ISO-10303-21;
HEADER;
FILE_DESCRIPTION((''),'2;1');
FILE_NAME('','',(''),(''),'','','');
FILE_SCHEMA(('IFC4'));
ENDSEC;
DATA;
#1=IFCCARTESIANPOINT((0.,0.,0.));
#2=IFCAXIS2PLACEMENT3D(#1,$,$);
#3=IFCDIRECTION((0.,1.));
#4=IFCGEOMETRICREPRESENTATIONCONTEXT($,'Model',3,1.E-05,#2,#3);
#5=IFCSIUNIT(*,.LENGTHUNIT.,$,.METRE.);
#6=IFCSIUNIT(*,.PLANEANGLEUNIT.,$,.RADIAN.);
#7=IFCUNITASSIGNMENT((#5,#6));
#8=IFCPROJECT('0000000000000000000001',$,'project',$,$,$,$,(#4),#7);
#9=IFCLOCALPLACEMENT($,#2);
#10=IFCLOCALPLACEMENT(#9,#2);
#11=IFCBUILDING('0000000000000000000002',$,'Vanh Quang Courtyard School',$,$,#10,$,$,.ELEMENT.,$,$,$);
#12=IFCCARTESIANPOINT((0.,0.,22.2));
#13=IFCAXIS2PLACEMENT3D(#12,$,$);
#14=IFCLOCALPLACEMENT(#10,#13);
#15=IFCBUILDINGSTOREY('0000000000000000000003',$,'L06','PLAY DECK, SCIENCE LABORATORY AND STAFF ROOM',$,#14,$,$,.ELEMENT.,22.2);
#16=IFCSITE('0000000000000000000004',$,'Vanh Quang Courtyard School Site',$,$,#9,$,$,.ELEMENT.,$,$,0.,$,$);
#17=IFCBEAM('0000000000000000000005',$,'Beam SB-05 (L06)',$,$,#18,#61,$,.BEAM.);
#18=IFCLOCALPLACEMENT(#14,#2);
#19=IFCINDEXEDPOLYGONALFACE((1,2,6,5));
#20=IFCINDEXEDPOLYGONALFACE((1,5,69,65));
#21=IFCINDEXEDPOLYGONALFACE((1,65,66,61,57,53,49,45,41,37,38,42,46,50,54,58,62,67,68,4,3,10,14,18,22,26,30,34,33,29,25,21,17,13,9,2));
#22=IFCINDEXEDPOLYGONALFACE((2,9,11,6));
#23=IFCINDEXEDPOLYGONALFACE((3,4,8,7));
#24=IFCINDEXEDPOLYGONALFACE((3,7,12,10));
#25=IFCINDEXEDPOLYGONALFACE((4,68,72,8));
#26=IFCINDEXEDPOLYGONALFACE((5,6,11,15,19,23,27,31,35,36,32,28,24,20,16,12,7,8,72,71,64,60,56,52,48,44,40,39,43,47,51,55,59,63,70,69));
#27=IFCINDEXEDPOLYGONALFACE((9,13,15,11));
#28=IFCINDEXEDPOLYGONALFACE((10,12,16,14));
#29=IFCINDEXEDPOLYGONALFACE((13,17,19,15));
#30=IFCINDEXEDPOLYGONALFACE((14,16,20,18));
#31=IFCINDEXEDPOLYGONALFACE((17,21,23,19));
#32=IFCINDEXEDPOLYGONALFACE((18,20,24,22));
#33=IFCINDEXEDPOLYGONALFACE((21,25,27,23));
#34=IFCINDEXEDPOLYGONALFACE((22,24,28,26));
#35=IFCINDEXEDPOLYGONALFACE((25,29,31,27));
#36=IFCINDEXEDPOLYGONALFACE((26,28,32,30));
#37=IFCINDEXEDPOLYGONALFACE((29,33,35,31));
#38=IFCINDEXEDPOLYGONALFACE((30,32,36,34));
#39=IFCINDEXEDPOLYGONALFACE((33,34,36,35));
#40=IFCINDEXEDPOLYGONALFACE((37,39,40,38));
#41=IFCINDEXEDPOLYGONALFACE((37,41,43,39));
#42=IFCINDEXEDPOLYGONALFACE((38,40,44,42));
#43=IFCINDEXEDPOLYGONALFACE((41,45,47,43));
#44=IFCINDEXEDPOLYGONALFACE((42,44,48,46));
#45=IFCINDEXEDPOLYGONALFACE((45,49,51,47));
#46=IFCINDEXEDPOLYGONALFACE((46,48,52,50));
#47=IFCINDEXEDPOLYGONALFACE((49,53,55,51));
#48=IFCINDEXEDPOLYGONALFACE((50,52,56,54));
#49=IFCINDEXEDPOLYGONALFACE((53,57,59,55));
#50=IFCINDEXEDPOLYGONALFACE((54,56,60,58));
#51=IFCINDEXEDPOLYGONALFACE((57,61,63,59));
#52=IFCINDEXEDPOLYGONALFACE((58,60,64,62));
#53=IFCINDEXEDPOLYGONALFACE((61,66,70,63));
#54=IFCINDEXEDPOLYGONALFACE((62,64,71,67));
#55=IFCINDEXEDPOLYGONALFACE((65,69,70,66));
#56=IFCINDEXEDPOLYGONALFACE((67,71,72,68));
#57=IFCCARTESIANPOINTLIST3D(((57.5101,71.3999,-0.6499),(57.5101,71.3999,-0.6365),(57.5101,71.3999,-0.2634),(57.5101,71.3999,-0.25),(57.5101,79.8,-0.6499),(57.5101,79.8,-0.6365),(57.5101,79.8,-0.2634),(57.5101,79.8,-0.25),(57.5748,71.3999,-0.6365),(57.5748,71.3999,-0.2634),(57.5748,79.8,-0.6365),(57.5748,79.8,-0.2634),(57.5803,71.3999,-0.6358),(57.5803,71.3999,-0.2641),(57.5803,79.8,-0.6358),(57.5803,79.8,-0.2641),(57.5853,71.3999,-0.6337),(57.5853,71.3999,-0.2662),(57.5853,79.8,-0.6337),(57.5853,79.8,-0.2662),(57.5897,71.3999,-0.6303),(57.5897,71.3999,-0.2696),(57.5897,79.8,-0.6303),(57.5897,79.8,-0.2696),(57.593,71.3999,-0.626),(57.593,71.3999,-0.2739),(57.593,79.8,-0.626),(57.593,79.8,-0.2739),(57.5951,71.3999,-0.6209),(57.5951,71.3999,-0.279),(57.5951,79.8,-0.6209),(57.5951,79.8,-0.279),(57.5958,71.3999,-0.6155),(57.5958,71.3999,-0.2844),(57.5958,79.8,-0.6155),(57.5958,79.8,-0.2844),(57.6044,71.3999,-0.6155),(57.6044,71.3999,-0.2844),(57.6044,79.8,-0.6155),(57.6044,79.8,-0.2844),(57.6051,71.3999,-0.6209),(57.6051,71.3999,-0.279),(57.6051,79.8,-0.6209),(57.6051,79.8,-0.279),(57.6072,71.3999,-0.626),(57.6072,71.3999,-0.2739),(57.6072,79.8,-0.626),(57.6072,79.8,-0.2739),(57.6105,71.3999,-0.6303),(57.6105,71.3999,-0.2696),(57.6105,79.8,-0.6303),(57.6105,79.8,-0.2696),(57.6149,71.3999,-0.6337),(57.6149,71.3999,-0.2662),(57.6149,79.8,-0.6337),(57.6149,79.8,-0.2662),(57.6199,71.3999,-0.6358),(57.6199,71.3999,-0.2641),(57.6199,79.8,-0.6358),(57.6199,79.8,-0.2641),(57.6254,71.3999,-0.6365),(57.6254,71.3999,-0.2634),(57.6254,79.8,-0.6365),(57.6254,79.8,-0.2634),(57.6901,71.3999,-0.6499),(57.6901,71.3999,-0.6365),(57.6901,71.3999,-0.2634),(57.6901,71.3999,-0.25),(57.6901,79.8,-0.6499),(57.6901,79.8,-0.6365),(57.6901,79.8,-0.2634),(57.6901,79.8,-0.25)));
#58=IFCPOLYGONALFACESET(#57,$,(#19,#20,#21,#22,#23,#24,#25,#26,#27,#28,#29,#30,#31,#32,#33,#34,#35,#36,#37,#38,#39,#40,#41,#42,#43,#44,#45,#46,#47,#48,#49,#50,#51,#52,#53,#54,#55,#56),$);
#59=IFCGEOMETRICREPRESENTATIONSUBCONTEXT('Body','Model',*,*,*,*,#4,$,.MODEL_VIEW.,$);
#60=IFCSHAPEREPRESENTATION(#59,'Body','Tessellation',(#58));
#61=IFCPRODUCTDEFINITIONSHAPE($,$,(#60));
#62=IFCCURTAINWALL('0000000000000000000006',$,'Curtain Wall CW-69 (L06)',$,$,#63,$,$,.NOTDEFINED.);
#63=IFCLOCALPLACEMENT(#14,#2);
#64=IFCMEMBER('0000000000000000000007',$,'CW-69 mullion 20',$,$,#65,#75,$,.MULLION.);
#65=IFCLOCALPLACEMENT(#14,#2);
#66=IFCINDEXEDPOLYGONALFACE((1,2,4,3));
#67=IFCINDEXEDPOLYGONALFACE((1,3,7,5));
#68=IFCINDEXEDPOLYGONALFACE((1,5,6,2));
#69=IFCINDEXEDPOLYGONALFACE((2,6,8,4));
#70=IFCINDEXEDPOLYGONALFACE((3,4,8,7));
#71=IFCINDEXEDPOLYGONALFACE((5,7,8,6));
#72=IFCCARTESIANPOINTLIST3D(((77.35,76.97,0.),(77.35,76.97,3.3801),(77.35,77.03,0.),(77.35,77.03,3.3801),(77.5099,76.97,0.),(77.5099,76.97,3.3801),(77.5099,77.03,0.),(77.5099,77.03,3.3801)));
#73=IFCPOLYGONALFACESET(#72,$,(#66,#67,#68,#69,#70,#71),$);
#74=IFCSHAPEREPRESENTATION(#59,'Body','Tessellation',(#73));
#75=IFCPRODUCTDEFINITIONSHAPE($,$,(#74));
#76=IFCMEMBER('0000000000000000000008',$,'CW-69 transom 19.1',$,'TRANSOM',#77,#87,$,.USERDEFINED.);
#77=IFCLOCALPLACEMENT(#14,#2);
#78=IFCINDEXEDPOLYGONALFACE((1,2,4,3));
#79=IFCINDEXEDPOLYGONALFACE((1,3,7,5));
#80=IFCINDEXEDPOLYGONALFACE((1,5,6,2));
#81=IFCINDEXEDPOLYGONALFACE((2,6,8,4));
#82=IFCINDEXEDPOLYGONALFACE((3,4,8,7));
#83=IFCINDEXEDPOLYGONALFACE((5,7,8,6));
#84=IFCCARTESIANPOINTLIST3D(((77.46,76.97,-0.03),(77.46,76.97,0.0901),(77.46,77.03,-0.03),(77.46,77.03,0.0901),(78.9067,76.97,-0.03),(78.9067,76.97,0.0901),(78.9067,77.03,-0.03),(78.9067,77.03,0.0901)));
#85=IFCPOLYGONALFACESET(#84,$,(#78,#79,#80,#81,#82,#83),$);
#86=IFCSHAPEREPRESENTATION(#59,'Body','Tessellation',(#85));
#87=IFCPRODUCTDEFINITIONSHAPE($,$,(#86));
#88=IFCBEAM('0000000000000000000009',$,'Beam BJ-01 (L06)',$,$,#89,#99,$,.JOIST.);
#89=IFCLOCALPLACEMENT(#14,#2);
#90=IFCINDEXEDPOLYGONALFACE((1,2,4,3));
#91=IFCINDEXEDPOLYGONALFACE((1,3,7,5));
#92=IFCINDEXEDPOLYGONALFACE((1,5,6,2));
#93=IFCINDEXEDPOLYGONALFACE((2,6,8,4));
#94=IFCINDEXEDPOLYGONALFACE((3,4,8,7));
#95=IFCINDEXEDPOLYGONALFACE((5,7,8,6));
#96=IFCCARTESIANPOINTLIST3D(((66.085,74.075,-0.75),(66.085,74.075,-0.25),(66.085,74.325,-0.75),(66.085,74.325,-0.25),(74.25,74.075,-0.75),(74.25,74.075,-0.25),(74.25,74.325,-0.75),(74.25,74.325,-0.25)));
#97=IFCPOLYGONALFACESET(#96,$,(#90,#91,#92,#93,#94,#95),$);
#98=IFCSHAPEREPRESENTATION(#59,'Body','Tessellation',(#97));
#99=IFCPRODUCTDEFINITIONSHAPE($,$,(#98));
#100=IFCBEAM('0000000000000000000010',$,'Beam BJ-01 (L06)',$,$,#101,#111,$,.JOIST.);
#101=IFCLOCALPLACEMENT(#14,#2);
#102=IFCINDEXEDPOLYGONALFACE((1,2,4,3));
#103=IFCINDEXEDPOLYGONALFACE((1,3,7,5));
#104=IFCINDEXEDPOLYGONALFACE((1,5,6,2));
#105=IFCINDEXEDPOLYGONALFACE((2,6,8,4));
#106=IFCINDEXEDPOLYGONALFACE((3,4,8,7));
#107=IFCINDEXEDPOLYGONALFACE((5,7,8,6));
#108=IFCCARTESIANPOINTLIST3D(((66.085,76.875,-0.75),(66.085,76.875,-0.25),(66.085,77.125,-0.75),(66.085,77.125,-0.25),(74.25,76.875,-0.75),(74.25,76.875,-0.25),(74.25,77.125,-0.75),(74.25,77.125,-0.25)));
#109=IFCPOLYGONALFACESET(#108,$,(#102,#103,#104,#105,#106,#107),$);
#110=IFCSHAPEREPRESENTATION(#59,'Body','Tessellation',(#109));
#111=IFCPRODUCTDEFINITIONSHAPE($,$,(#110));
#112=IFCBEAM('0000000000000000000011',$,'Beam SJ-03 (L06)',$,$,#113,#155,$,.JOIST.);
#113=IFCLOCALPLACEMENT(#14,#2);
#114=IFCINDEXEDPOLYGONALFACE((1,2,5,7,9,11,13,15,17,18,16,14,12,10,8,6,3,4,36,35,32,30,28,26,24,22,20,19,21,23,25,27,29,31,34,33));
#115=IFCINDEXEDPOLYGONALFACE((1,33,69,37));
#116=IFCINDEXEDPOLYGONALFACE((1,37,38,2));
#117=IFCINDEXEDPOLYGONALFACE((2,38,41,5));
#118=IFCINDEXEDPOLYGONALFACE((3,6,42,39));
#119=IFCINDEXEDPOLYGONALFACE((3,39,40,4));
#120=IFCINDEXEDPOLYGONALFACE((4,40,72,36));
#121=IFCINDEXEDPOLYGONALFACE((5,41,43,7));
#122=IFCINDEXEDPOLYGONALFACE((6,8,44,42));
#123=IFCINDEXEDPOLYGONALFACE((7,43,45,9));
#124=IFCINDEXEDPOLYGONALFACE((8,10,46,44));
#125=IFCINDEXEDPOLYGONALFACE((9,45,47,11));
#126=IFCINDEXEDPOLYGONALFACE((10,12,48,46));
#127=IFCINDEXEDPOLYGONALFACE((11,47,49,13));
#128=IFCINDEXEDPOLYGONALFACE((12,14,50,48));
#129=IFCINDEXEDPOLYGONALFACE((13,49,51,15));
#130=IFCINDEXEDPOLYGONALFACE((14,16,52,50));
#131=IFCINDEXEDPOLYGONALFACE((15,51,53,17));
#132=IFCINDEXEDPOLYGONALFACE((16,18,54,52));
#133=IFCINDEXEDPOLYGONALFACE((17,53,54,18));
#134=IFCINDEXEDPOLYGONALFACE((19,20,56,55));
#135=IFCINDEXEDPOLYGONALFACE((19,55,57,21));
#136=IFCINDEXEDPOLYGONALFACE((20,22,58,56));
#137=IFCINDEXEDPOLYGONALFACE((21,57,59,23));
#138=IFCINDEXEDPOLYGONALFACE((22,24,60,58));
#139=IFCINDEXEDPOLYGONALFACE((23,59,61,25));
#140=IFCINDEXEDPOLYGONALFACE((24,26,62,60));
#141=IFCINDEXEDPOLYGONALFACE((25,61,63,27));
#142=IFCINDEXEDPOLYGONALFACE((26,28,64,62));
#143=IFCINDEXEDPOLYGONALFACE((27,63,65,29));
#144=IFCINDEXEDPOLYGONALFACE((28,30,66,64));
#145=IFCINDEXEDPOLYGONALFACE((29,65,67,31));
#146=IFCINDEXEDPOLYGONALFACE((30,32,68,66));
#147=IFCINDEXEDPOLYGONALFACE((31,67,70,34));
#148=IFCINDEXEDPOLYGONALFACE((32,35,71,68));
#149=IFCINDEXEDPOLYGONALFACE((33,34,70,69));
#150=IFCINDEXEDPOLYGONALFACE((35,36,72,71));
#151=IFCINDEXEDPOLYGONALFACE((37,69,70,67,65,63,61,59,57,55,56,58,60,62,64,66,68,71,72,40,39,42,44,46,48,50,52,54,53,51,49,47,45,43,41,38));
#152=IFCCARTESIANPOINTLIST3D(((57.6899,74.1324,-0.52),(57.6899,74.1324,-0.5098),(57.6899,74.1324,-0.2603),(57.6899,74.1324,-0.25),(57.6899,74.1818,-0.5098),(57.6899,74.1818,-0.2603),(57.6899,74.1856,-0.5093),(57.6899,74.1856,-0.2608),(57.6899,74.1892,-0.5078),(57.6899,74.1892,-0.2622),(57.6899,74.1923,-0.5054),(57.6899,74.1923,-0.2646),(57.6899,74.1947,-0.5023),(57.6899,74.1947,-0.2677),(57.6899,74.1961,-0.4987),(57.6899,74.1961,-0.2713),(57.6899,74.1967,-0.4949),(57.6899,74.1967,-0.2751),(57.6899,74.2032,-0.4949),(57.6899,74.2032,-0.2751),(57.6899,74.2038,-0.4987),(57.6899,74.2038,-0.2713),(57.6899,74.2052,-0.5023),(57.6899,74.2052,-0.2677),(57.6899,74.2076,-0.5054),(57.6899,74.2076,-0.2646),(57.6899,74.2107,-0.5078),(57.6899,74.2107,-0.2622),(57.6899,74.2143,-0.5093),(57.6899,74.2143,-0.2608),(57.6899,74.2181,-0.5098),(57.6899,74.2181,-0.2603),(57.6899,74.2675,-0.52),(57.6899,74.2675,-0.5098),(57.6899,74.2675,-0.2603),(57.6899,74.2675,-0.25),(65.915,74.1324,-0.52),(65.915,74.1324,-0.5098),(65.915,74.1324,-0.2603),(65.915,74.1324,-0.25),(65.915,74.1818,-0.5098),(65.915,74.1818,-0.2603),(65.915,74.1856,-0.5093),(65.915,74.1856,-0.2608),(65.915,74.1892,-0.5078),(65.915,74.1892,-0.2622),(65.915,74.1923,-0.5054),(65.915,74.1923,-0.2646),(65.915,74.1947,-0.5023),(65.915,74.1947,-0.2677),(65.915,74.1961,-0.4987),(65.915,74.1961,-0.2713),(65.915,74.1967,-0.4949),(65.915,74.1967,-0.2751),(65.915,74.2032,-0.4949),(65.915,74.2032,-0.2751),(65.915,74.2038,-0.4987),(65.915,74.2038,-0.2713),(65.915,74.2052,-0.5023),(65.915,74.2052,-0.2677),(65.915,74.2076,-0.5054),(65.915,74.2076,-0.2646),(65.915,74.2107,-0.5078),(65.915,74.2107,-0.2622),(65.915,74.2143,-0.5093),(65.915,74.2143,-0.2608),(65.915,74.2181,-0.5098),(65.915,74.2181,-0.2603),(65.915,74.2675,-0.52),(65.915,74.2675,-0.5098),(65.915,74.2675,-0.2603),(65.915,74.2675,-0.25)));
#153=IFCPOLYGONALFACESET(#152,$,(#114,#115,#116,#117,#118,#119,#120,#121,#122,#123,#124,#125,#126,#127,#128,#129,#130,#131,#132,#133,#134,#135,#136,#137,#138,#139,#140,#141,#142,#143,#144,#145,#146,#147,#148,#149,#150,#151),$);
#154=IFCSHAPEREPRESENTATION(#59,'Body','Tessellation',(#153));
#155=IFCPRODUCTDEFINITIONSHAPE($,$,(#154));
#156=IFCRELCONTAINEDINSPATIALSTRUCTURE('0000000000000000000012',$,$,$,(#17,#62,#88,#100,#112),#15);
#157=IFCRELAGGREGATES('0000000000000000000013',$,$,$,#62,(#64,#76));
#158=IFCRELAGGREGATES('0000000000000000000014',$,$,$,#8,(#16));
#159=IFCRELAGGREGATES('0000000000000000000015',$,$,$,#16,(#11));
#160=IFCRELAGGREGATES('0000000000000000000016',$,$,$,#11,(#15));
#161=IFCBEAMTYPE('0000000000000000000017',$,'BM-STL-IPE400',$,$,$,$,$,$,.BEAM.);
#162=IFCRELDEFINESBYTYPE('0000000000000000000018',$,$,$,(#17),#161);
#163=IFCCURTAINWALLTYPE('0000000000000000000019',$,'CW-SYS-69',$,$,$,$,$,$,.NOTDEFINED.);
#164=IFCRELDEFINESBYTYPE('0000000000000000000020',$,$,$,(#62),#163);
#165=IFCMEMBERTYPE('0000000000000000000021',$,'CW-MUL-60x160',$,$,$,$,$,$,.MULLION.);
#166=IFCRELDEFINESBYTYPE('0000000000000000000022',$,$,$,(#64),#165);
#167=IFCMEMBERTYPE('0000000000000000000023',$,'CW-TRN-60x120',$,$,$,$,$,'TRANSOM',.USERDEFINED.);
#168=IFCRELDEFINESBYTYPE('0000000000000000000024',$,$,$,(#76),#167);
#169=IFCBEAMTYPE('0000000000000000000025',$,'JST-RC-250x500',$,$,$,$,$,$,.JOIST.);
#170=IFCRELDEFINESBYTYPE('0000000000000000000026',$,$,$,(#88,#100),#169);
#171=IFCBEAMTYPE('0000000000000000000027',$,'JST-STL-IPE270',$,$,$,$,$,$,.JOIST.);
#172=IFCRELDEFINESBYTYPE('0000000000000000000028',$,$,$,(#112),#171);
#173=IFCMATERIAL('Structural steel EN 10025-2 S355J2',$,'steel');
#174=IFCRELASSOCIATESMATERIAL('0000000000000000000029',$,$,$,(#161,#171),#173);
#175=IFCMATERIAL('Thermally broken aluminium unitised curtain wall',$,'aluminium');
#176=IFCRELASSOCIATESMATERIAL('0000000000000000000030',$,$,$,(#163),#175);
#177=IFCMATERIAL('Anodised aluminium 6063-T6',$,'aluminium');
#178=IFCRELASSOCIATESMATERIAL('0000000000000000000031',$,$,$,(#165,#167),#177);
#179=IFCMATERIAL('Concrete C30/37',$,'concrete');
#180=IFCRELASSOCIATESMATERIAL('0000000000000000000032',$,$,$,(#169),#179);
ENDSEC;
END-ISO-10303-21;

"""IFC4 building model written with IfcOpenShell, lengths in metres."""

from ifc_helpers import new_model, si_unit, direction, frame, origin, origin_2d, place, context, subcontext, project, spatial, rectangle, i_section, extrude, material, material_profile, profile_set, type_object, element, aggregate, save


model = new_model("IFC4")

# Units and contexts
model_context = context("Model", 3, precision=1e-05, world=origin(), true_north=direction((0.0, 1.0)))
body_context = subcontext(model_context, "Body", "Model", "MODEL_VIEW")
ifc_project = project(units=[si_unit("LENGTHUNIT", "METRE"), si_unit("PLANEANGLEUNIT", "RADIAN")], contexts=[model_context])

# Site, building, storey
site_placement = place(None, origin())
site = spatial("IfcSite", under=ifc_project, at=site_placement, Name="Vanh Quang Courtyard School Site", CompositionType="ELEMENT", RefElevation=0.0)
building_placement = place(site_placement, origin())
building = spatial("IfcBuilding", under=site, at=building_placement, Name="Vanh Quang Courtyard School", CompositionType="ELEMENT")
storey_placement = place(building_placement, frame((0.0, 0.0, 22.2)))
storey = spatial("IfcBuildingStorey", under=building, at=storey_placement, Name="L06", Description="PLAY DECK, SCIENCE LABORATORY AND STAFF ROOM", CompositionType="ELEMENT", Elevation=22.2)

# Beam
ifc_material_1 = material(Name="Structural steel EN 10025-2 S355J2", Category="steel")
ifc_material_profile_1 = material_profile(ifc_material_1, i_section(OverallWidth=0.1799, OverallDepth=0.3999, WebThickness=0.0085, FlangeThickness=0.0134, FilletRadius=0.021, at=origin_2d()), Name="IPE 400")
ifc_profile_set_1 = profile_set([ifc_material_profile_1], Name="Structural steel EN 10025-2 S355J2")
beam_type_1 = type_object("IfcBeamType", Name="BM-STL-IPE400", PredefinedType="BEAM", material=ifc_profile_set_1)
beam_1_placement = place(storey_placement, frame((57.6001, 71.3999, -0.45), z_axis=(0.0, 1.0, 0.0), x_axis=(-1.0, 0.0, 0.0)))
element("IfcBeam", 1, at=beam_1_placement, inside=storey, type_object=beam_type_1, Name="Beam SB-05 (L06)", PredefinedType="BEAM", context=body_context, shape_type="SweptSolid", body=[
    extrude(i_section(OverallWidth=0.1799, OverallDepth=0.3999, WebThickness=0.0085, FlangeThickness=0.0134, FilletRadius=0.021, at=origin_2d()), origin(), (0.0, 0.0, 1.0), 8.4001),
])

# Curtain wall, members
ifc_material_2 = material(Name="Thermally broken aluminium unitised curtain wall", Category="aluminium")
curtain_wall_type = type_object("IfcCurtainWallType", Name="CW-SYS-69", PredefinedType="NOTDEFINED", material=ifc_material_2)
curtain_wall_placement = place(storey_placement, origin())
curtain_wall = element("IfcCurtainWall", 2, at=curtain_wall_placement, inside=storey, type_object=curtain_wall_type, Name="Curtain Wall CW-69 (L06)", PredefinedType="NOTDEFINED")
ifc_material_3 = material(Name="Anodised aluminium 6063-T6", Category="aluminium")
ifc_material_profile_2 = material_profile(ifc_material_3, rectangle(XDim=0.0601, YDim=0.1599, at=origin_2d()), Name="ALU-MUL 60x160")
ifc_profile_set_2 = profile_set([ifc_material_profile_2], Name="Anodised aluminium 6063-T6")
member_type_1 = type_object("IfcMemberType", Name="CW-MUL-60x160", PredefinedType="MULLION", material=ifc_profile_set_2)
member_1_placement = place(storey_placement, frame((77.4299, 77.0, 0.0), z_axis=(0.0, 0.0, 1.0), x_axis=(0.0, -1.0, 0.0)))
member_1 = element("IfcMember", 3, at=member_1_placement, type_object=member_type_1, Name="CW-69 mullion 20", PredefinedType="MULLION", context=body_context, shape_type="SweptSolid", body=[
    extrude(rectangle(XDim=0.0601, YDim=0.1599, at=origin_2d()), origin(), (0.0, 0.0, 1.0), 3.3801),
])
ifc_material_profile_3 = material_profile(ifc_material_3, rectangle(XDim=0.0601, YDim=0.1201, at=origin_2d()), Name="ALU-TRN 60x120")
ifc_profile_set_3 = profile_set([ifc_material_profile_3], Name="Anodised aluminium 6063-T6")
member_type_2 = type_object("IfcMemberType", Name="CW-TRN-60x120", ElementType="TRANSOM", PredefinedType="USERDEFINED", material=ifc_profile_set_3)
member_2_placement = place(storey_placement, frame((78.9067, 77.0, 0.03), z_axis=(-1.0, 0.0, 0.0), x_axis=(0.0, -1.0, 0.0)))
member_2 = element("IfcMember", 4, at=member_2_placement, type_object=member_type_2, Name="CW-69 transom 19.1", ObjectType="TRANSOM", PredefinedType="USERDEFINED", context=body_context, shape_type="SweptSolid", body=[
    extrude(rectangle(XDim=0.0601, YDim=0.1201, at=origin_2d()), origin(), (0.0, 0.0, 1.0), 1.4468),
])

# Beams
ifc_material_4 = material(Name="Concrete C30/37", Category="concrete")
ifc_material_profile_4 = material_profile(ifc_material_4, rectangle(XDim=0.25, YDim=0.5, at=origin_2d()), Name="RC-JST 250x500")
ifc_profile_set_4 = profile_set([ifc_material_profile_4], Name="Concrete C30/37")
beam_type_2 = type_object("IfcBeamType", Name="JST-RC-250x500", PredefinedType="JOIST", material=ifc_profile_set_4)
for number, where, z_axis, x_axis, name in (
    (5, (66.085, 74.2, -0.5), (1.0, 0.0, 0.0), (0.0, 1.0, 0.0), "Beam BJ-01 (L06)"),
    (6, (66.085, 77.0, -0.5), (1.0, 0.0, 0.0), (0.0, 1.0, 0.0), "Beam BJ-01 (L06)"),
):
    element("IfcBeam", number, at=place(storey_placement, frame(where, z_axis=z_axis, x_axis=x_axis)), inside=storey, type_object=beam_type_2, Name=name, PredefinedType="JOIST", context=body_context, shape_type="SweptSolid", body=[
        extrude(rectangle(XDim=0.25, YDim=0.5, at=origin_2d()), origin(), (0.0, 0.0, 1.0), 8.165),
    ])
ifc_material_profile_5 = material_profile(ifc_material_1, i_section(OverallWidth=0.135, OverallDepth=0.27, WebThickness=0.0066, FlangeThickness=0.0103, FilletRadius=0.0149, at=origin_2d()), Name="IPE 270")
ifc_profile_set_5 = profile_set([ifc_material_profile_5], Name="Structural steel EN 10025-2 S355J2")
beam_type_3 = type_object("IfcBeamType", Name="JST-STL-IPE270", PredefinedType="JOIST", material=ifc_profile_set_5)
for number, where, z_axis, x_axis, name in (
    (7, (57.6899, 74.2, -0.385), (1.0, 0.0, 0.0), (0.0, 1.0, 0.0), "Beam SJ-03 (L06)"),
):
    element("IfcBeam", number, at=place(storey_placement, frame(where, z_axis=z_axis, x_axis=x_axis)), inside=storey, type_object=beam_type_3, Name=name, PredefinedType="JOIST", context=body_context, shape_type="SweptSolid", body=[
        extrude(i_section(OverallWidth=0.135, OverallDepth=0.27, WebThickness=0.0066, FlangeThickness=0.0103, FilletRadius=0.0149, at=origin_2d()), origin(), (0.0, 0.0, 1.0), 8.2251),
    ])

aggregate(curtain_wall, [member_1, member_2])

save(model, "model.ifc")
